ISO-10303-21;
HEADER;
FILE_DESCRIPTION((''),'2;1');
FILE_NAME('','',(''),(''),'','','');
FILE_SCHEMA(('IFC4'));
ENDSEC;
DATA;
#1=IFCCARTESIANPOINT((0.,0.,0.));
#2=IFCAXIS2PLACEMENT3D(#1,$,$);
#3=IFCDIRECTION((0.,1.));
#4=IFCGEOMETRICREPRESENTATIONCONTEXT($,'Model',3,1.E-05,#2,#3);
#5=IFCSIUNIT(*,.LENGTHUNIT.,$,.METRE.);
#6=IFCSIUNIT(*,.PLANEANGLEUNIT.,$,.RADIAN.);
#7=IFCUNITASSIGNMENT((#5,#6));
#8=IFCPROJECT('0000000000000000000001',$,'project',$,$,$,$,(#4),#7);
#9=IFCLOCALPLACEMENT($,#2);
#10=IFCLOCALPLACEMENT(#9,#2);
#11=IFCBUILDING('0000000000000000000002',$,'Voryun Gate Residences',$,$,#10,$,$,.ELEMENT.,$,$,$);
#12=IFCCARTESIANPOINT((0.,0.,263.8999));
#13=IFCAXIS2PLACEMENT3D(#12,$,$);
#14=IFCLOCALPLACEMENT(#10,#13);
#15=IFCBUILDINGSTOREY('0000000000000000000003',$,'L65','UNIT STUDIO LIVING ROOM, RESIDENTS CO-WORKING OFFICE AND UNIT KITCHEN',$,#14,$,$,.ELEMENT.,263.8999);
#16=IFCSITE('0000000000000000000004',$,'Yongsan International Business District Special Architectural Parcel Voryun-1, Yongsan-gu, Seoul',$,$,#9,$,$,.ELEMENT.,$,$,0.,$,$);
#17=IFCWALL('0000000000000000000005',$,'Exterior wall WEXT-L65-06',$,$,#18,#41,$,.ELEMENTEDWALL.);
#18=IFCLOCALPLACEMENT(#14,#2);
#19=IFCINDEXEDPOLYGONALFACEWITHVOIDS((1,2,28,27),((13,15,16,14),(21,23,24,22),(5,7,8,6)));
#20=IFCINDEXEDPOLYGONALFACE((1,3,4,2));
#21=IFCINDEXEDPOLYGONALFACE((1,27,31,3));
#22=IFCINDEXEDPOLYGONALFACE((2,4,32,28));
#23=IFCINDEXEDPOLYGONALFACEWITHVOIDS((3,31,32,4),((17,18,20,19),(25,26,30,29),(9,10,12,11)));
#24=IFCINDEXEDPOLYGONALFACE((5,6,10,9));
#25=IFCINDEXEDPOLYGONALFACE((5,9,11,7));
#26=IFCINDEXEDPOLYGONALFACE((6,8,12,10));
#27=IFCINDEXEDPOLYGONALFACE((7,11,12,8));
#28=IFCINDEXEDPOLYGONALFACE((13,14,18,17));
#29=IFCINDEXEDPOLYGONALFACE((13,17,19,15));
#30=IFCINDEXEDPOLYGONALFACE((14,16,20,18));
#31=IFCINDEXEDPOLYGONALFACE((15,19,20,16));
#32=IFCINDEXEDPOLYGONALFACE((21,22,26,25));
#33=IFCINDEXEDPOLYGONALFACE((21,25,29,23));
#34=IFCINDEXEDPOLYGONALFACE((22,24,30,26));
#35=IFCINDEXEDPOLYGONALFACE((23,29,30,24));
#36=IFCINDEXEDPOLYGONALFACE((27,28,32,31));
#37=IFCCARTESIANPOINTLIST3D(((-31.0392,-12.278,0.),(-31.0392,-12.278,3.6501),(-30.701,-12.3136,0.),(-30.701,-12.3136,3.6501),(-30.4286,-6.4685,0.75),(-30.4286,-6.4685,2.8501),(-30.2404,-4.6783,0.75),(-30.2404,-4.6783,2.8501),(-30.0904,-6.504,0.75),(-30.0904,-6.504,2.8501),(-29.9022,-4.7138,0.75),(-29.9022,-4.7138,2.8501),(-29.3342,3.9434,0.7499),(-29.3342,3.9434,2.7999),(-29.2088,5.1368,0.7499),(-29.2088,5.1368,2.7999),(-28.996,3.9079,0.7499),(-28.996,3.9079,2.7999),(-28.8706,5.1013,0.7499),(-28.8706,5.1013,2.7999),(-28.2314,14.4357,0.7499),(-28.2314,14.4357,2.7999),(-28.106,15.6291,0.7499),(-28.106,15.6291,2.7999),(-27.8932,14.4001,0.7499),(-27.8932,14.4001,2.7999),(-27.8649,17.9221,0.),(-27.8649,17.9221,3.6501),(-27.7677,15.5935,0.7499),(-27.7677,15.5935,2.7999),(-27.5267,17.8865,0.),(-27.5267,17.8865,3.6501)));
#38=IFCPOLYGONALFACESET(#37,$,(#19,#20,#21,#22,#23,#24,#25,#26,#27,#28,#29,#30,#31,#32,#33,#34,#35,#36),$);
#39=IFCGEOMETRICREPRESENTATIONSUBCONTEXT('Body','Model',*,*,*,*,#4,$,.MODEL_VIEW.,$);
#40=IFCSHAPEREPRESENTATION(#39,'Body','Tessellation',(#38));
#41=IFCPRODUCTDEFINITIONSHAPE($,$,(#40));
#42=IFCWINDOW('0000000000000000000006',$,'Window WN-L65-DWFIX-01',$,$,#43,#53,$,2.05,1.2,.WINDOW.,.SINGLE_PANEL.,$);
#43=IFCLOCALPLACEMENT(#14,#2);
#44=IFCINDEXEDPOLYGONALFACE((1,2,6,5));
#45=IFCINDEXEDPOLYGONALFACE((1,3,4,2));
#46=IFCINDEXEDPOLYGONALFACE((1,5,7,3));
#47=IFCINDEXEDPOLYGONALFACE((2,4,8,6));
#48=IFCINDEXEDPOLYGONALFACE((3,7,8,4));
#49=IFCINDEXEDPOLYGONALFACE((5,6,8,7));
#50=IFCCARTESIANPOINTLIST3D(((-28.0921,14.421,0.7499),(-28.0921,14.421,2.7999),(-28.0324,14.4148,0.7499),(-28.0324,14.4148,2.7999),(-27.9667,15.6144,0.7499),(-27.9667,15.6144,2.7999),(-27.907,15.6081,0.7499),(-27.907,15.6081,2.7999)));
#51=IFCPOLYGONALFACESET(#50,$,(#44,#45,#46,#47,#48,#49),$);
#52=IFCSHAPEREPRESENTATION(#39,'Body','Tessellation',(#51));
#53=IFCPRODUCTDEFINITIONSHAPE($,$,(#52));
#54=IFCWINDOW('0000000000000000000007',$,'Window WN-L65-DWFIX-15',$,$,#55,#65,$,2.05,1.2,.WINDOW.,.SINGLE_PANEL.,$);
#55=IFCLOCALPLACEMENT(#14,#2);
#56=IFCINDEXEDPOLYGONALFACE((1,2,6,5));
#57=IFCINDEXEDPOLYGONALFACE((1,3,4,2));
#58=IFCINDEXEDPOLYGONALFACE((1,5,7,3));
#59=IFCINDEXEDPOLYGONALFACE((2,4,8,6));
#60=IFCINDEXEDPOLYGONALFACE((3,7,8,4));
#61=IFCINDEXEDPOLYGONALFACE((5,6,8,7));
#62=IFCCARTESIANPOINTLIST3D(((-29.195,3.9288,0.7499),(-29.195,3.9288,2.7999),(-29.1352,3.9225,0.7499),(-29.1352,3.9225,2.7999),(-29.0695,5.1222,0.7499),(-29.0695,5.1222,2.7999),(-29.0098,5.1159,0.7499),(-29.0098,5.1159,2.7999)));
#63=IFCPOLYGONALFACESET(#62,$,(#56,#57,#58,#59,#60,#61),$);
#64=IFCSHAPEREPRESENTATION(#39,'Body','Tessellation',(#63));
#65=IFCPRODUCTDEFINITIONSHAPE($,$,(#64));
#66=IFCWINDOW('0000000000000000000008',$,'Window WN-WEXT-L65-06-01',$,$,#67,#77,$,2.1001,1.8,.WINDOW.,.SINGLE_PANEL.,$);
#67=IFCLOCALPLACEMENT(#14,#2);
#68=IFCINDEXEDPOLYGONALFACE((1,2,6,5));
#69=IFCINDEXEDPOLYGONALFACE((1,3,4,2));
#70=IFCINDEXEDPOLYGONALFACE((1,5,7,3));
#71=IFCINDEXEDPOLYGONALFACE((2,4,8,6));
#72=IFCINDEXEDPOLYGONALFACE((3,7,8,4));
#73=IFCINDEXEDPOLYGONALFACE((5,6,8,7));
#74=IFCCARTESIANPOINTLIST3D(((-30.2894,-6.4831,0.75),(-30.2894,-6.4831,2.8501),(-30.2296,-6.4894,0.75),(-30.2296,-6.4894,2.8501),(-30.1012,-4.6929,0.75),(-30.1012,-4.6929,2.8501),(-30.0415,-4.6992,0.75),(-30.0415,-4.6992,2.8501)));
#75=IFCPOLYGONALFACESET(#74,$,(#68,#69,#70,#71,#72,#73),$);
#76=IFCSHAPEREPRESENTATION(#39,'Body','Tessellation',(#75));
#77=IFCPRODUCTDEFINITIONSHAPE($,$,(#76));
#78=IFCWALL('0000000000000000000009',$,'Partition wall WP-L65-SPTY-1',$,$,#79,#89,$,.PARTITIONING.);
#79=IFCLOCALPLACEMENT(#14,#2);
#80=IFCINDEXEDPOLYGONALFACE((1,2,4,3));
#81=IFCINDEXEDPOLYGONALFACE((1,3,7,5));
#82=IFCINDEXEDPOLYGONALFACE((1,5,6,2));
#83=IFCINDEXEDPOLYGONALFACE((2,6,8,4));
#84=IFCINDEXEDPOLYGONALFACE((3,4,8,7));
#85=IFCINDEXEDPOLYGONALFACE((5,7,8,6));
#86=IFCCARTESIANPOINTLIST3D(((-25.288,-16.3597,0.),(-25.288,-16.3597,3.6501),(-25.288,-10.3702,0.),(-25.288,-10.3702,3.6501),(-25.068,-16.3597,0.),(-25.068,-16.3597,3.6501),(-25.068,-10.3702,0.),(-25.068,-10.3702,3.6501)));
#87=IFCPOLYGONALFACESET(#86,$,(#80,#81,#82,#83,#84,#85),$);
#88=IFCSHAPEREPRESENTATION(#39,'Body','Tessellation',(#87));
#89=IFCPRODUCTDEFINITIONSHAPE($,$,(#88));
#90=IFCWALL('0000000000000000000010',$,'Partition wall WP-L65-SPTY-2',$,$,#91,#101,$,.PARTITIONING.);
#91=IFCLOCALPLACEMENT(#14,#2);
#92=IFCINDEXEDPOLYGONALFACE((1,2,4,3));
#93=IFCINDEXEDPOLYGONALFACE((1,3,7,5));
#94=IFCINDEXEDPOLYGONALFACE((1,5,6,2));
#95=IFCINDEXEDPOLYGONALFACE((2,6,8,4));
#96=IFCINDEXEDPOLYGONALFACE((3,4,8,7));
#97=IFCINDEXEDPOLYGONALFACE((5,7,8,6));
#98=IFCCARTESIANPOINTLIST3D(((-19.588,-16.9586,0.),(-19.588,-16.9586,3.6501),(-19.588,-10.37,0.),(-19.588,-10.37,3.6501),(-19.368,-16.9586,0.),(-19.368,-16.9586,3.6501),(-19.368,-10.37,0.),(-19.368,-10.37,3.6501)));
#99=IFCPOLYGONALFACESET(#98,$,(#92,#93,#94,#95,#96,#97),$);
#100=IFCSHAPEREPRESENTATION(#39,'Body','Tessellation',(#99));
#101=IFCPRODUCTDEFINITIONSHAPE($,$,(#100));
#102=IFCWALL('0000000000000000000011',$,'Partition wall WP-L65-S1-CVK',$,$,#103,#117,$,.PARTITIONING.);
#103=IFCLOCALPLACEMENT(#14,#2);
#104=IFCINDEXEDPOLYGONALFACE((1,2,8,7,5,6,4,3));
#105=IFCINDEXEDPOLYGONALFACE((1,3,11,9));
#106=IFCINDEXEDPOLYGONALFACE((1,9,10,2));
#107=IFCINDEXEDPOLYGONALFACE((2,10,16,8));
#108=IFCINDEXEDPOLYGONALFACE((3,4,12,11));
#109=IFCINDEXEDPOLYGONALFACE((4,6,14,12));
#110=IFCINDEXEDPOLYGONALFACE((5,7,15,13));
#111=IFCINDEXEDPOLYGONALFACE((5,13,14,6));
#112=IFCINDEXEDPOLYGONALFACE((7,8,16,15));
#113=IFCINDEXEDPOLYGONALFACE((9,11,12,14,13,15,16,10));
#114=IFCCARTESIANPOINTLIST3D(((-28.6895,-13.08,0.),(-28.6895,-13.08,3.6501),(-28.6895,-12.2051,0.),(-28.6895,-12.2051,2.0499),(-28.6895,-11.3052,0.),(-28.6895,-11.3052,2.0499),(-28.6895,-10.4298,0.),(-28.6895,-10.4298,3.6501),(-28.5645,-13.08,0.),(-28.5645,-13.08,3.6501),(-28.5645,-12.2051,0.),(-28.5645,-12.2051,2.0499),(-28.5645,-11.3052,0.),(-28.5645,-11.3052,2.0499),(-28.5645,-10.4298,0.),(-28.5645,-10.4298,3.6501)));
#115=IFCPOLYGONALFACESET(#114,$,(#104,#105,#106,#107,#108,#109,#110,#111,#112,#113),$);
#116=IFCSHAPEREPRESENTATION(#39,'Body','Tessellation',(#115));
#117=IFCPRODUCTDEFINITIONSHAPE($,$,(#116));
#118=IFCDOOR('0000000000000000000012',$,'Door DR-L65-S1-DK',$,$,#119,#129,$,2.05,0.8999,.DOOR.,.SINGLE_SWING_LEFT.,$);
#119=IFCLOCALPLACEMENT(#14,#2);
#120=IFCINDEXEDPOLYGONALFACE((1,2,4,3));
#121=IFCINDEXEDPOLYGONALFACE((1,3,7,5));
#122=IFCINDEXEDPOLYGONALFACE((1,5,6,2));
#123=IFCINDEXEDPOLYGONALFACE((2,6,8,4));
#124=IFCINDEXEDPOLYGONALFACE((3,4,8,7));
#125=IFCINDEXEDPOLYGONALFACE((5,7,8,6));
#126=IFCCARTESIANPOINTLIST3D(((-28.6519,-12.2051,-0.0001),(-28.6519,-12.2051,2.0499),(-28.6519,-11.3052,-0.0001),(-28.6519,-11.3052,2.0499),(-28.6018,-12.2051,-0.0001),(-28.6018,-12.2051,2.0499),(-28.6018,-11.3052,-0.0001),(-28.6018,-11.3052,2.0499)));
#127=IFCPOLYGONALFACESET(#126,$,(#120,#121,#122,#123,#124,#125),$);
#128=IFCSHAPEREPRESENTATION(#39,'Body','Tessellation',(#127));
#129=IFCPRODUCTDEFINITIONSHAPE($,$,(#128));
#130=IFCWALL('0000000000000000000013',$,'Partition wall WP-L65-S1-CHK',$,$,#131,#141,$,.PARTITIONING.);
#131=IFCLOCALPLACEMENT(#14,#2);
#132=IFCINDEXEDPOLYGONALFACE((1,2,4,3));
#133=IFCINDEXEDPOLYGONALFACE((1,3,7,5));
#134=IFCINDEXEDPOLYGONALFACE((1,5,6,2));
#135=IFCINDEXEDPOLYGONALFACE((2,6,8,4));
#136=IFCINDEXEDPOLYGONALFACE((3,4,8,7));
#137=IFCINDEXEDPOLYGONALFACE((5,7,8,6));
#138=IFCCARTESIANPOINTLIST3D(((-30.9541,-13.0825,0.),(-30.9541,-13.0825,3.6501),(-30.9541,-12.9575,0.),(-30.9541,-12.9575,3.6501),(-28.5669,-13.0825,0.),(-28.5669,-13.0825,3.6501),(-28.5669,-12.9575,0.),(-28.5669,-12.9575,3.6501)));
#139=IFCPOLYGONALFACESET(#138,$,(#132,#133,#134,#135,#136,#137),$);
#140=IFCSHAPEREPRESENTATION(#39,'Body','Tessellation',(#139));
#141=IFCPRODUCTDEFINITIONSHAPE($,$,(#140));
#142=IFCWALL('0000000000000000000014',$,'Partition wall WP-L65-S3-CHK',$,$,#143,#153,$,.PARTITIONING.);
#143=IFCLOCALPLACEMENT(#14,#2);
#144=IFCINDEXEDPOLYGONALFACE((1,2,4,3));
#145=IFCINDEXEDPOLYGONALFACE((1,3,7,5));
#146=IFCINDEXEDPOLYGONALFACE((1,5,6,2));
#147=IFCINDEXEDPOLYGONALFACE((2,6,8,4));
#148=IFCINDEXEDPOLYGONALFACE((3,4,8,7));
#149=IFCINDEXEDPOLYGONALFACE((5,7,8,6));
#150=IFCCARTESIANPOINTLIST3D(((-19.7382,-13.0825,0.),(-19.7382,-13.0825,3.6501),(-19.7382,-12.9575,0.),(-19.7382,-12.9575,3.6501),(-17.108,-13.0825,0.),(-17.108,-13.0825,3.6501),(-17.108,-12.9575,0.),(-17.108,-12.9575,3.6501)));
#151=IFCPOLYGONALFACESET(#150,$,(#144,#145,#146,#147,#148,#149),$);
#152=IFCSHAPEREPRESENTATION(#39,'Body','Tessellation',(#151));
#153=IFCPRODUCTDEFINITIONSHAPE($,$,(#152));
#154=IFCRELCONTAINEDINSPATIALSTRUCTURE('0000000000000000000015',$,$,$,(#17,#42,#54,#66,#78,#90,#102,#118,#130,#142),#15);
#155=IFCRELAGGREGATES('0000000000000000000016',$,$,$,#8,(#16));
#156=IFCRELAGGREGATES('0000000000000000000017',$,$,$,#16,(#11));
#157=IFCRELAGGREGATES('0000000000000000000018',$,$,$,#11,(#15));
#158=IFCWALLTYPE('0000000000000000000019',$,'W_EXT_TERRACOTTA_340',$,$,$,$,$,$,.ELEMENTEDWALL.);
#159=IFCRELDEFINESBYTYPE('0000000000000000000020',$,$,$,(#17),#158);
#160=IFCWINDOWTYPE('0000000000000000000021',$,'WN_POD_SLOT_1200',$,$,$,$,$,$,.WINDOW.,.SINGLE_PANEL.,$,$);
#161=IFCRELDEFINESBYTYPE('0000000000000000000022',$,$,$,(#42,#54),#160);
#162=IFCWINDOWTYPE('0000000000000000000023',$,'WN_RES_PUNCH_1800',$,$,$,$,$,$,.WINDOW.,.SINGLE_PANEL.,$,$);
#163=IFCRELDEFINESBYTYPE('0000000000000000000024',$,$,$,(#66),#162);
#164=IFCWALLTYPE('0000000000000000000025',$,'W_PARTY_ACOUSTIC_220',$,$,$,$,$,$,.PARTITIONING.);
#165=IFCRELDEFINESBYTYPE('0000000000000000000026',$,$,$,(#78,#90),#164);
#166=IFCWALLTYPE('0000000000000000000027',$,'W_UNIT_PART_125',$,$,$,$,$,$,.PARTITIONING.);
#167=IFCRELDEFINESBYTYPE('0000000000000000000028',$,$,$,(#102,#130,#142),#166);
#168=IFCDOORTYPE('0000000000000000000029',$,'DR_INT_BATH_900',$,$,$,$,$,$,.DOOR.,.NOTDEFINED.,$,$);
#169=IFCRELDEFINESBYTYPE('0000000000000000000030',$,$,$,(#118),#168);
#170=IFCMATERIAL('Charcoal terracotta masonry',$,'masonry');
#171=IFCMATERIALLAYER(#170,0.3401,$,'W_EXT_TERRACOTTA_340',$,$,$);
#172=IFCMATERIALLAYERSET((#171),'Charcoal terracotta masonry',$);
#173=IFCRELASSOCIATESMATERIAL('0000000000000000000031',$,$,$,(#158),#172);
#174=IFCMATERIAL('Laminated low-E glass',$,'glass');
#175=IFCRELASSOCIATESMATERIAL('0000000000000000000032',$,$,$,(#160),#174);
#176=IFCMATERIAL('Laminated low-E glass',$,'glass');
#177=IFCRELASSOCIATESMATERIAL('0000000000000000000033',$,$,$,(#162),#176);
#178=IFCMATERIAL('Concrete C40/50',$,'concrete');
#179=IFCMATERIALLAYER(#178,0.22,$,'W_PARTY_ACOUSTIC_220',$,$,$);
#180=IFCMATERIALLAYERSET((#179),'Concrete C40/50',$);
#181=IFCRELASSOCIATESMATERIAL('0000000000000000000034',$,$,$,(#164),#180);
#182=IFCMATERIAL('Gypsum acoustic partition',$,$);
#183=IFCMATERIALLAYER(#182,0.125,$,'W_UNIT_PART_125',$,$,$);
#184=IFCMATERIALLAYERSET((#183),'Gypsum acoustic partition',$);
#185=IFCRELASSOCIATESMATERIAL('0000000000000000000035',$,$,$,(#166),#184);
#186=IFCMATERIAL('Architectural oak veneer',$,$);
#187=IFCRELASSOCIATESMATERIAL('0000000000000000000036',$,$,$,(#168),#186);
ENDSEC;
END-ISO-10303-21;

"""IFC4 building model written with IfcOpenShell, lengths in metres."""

from ifc_helpers import new_model, si_unit, direction, frame, frame_2d, origin, place, context, subcontext, project, spatial, rectangle, extrude, material, layer, layer_set, type_object, element, fill, save


model = new_model("IFC4")

# Units and contexts
model_context = context("Model", 3, precision=1e-05, world=origin(), true_north=direction((0.0, 1.0)))
body_context = subcontext(model_context, "Body", "Model", "MODEL_VIEW")
ifc_project = project(units=[si_unit("LENGTHUNIT", "METRE"), si_unit("PLANEANGLEUNIT", "RADIAN")], contexts=[model_context])

# Site, building, storey
site_placement = place(None, origin())
site = spatial("IfcSite", under=ifc_project, at=site_placement, Name="Yongsan International Business District Special Architectural Parcel Voryun-1, Yongsan-gu, Seoul", CompositionType="ELEMENT", RefElevation=0.0)
building_placement = place(site_placement, origin())
building = spatial("IfcBuilding", under=site, at=building_placement, Name="Voryun Gate Residences", CompositionType="ELEMENT")
storey_placement = place(building_placement, frame((0.0, 0.0, 263.8999)))
storey = spatial("IfcBuildingStorey", under=building, at=storey_placement, Name="L65", Description="UNIT STUDIO LIVING ROOM, RESIDENTS CO-WORKING OFFICE AND UNIT KITCHEN", CompositionType="ELEMENT", Elevation=263.8999)

# Shared definitions
ifc_material_1 = material(Name="Charcoal terracotta masonry", Category="masonry")
ifc_layer_1 = layer(ifc_material_1, 0.3401, Name="W_EXT_TERRACOTTA_340")
ifc_layer_set_1 = layer_set([ifc_layer_1], Name="Charcoal terracotta masonry")
wall_type_1 = type_object("IfcWallType", Name="W_EXT_TERRACOTTA_340", PredefinedType="ELEMENTEDWALL", material=ifc_layer_set_1)

# Wall, openings, windows
wall_1_placement = place(storey_placement, frame((-30.8701, -12.2957, 0.0), z_axis=(0.0, 0.0, 1.0), x_axis=(0.104533, 0.994521, 0.0)))
wall_1 = element("IfcWall", 1, at=wall_1_placement, inside=storey, type_object=wall_type_1, Name="Exterior wall WEXT-L65-06", PredefinedType="ELEMENTEDWALL", context=body_context, shape_type="SweptSolid", body=[
    extrude(rectangle(XDim=30.3665, YDim=0.3401, at=frame_2d((15.1831, 0.0))), origin(), (0.0, 0.0, 1.0), 3.6501),
])
opening_1_placement = place(wall_1_placement, frame((5.8416, 0.0, 0.75)))
opening_1 = element("IfcOpeningElement", 2, at=opening_1_placement, cuts=wall_1, PredefinedType="OPENING", context=body_context, shape_type="SweptSolid", body=[
    extrude(rectangle(XDim=1.8, YDim=2.1001, at=frame_2d((0.8999, 1.05))), frame((0.0, 0.1799, 0.0), z_axis=(0.0, -1.0, 0.0), x_axis=(1.0, 0.0, 0.0)), (0.0, 0.0, 1.0), 0.3601),
])
opening_2_placement = place(wall_1_placement, frame((26.8606, 0.0, 0.75)))
opening_2 = element("IfcOpeningElement", 3, at=opening_2_placement, cuts=wall_1, PredefinedType="OPENING", context=body_context, shape_type="SweptSolid", body=[
    extrude(rectangle(XDim=1.2, YDim=2.05, at=frame_2d((0.6001, 1.0249))), frame((0.0, 0.1799, 0.0), z_axis=(0.0, -1.0, 0.0), x_axis=(1.0, 0.0, 0.0)), (0.0, 0.0, 1.0), 0.3601),
])
opening_3_placement = place(wall_1_placement, frame((16.3105, 0.0, 0.75)))
opening_3 = element("IfcOpeningElement", 4, at=opening_3_placement, cuts=wall_1, PredefinedType="OPENING", context=body_context, shape_type="SweptSolid", body=[
    extrude(rectangle(XDim=1.2, YDim=2.05, at=frame_2d((0.6001, 1.0249))), frame((0.0, 0.1799, 0.0), z_axis=(0.0, -1.0, 0.0), x_axis=(1.0, 0.0, 0.0)), (0.0, 0.0, 1.0), 0.3601),
])
ifc_material_2 = material(Name="Laminated low-E glass", Category="glass")
window_type_1 = type_object("IfcWindowType", Name="WN_POD_SLOT_1200", PartitioningType="SINGLE_PANEL", PredefinedType="WINDOW", material=ifc_material_2)
window_1_placement = place(opening_2_placement, origin())
window_1 = element("IfcWindow", 5, at=window_1_placement, inside=storey, type_object=window_type_1, Name="Window WN-L65-DWFIX-01", OverallHeight=2.05, OverallWidth=1.2, PartitioningType="SINGLE_PANEL", PredefinedType="WINDOW", context=body_context, shape_type="SweptSolid", body=[
    extrude(rectangle(XDim=1.2, YDim=2.05, at=frame_2d((0.6001, 1.0249))), frame((0.0, 0.03, 0.0), z_axis=(0.0, -1.0, 0.0), x_axis=(1.0, 0.0, 0.0)), (0.0, 0.0, 1.0), 0.0601),
])
fill(opening_2, window_1)
window_2_placement = place(opening_3_placement, origin())
window_2 = element("IfcWindow", 6, at=window_2_placement, inside=storey, type_object=window_type_1, Name="Window WN-L65-DWFIX-15", OverallHeight=2.05, OverallWidth=1.2, PartitioningType="SINGLE_PANEL", PredefinedType="WINDOW", context=body_context, shape_type="SweptSolid", body=[
    extrude(rectangle(XDim=1.2, YDim=2.05, at=frame_2d((0.6001, 1.0249))), frame((0.0, 0.03, 0.0), z_axis=(0.0, -1.0, 0.0), x_axis=(1.0, 0.0, 0.0)), (0.0, 0.0, 1.0), 0.0601),
])
fill(opening_3, window_2)
ifc_material_3 = material(Name="Laminated low-E glass", Category="glass")
window_type_2 = type_object("IfcWindowType", Name="WN_RES_PUNCH_1800", PartitioningType="SINGLE_PANEL", PredefinedType="WINDOW", material=ifc_material_3)
window_3_placement = place(opening_1_placement, origin())
window_3 = element("IfcWindow", 7, at=window_3_placement, inside=storey, type_object=window_type_2, Name="Window WN-WEXT-L65-06-01", OverallHeight=2.1001, OverallWidth=1.8, PartitioningType="SINGLE_PANEL", PredefinedType="WINDOW", context=body_context, shape_type="SweptSolid", body=[
    extrude(rectangle(XDim=1.8, YDim=2.1001, at=frame_2d((0.8999, 1.05))), frame((0.0, 0.03, 0.0), z_axis=(0.0, -1.0, 0.0), x_axis=(1.0, 0.0, 0.0)), (0.0, 0.0, 1.0), 0.0601),
])
fill(opening_1, window_3)

# Walls
ifc_material_4 = material(Name="Concrete C40/50", Category="concrete")
ifc_layer_2 = layer(ifc_material_4, 0.22, Name="W_PARTY_ACOUSTIC_220")
ifc_layer_set_2 = layer_set([ifc_layer_2], Name="Concrete C40/50")
wall_type_2 = type_object("IfcWallType", Name="W_PARTY_ACOUSTIC_220", PredefinedType="PARTITIONING", material=ifc_layer_set_2)
wall_2_placement = place(storey_placement, frame((-25.178, -16.3596, 0.0), z_axis=(0.0, 0.0, 1.0), x_axis=(0.0, 1.0, 0.0)))
element("IfcWall", 8, at=wall_2_placement, inside=storey, type_object=wall_type_2, Name="Partition wall WP-L65-SPTY-1", PredefinedType="PARTITIONING", context=body_context, shape_type="SweptSolid", body=[
    extrude(rectangle(XDim=5.9895, YDim=0.22, at=frame_2d((2.9946, 0.0))), origin(), (0.0, 0.0, 1.0), 3.6501),
])
wall_3_placement = place(storey_placement, frame((-19.478, -16.9587, 0.0), z_axis=(0.0, 0.0, 1.0), x_axis=(0.0, 1.0, 0.0)))
element("IfcWall", 9, at=wall_3_placement, inside=storey, type_object=wall_type_2, Name="Partition wall WP-L65-SPTY-2", PredefinedType="PARTITIONING", context=body_context, shape_type="SweptSolid", body=[
    extrude(rectangle(XDim=6.5886, YDim=0.22, at=frame_2d((3.2944, 0.0))), origin(), (0.0, 0.0, 1.0), 3.6501),
])

# Wall, opening, door
ifc_material_5 = material(Name="Gypsum acoustic partition")
ifc_layer_3 = layer(ifc_material_5, 0.125, Name="W_UNIT_PART_125")
ifc_layer_set_3 = layer_set([ifc_layer_3], Name="Gypsum acoustic partition")
wall_type_3 = type_object("IfcWallType", Name="W_UNIT_PART_125", PredefinedType="PARTITIONING", material=ifc_layer_set_3)
wall_4_placement = place(storey_placement, frame((-28.627, -13.0801, 0.0), z_axis=(0.0, 0.0, 1.0), x_axis=(0.0, 1.0, 0.0)))
wall_4 = element("IfcWall", 10, at=wall_4_placement, inside=storey, type_object=wall_type_3, Name="Partition wall WP-L65-S1-CVK", PredefinedType="PARTITIONING", context=body_context, shape_type="SweptSolid", body=[
    extrude(rectangle(XDim=2.6501, YDim=0.125, at=frame_2d((1.3252, 0.0))), origin(), (0.0, 0.0, 1.0), 3.6501),
])
opening_4_placement = place(wall_4_placement, frame((0.875, 0.0, 0.0)))
opening_4 = element("IfcOpeningElement", 11, at=opening_4_placement, cuts=wall_4, PredefinedType="OPENING", context=body_context, shape_type="SweptSolid", body=[
    extrude(rectangle(XDim=0.8999, YDim=2.05, at=frame_2d((0.45, 1.0249))), frame((0.0, 0.0725, 0.0), z_axis=(0.0, -1.0, 0.0), x_axis=(1.0, 0.0, 0.0)), (0.0, 0.0, 1.0), 0.145),
])
ifc_material_6 = material(Name="Architectural oak veneer")
door_type = type_object("IfcDoorType", Name="DR_INT_BATH_900", OperationType="NOTDEFINED", PredefinedType="DOOR", material=ifc_material_6)
door_1_placement = place(opening_4_placement, origin())
door_1 = element("IfcDoor", 12, at=door_1_placement, inside=storey, type_object=door_type, Name="Door DR-L65-S1-DK", OperationType="SINGLE_SWING_LEFT", OverallHeight=2.05, OverallWidth=0.8999, PredefinedType="DOOR", context=body_context, shape_type="SweptSolid", body=[
    extrude(rectangle(XDim=0.8999, YDim=2.05, at=frame_2d((0.45, 1.0249))), frame((0.0, 0.0249, 0.0), z_axis=(0.0, -1.0, 0.0), x_axis=(1.0, 0.0, 0.0)), (0.0, 0.0, 1.0), 0.05),
])
fill(opening_4, door_1)

# Walls
wall_5_placement = place(storey_placement, frame((-30.9541, -13.02, 0.0), z_axis=(0.0, 0.0, 1.0), x_axis=(1.0, 0.0, 0.0)))
element("IfcWall", 13, at=wall_5_placement, inside=storey, type_object=wall_type_3, Name="Partition wall WP-L65-S1-CHK", PredefinedType="PARTITIONING", context=body_context, shape_type="SweptSolid", body=[
    extrude(rectangle(XDim=2.3872, YDim=0.125, at=frame_2d((1.1936, 0.0))), origin(), (0.0, 0.0, 1.0), 3.6501),
])
wall_6_placement = place(storey_placement, frame((-19.738, -13.02, 0.0), z_axis=(0.0, 0.0, 1.0), x_axis=(1.0, 0.0, 0.0)))
element("IfcWall", 14, at=wall_6_placement, inside=storey, type_object=wall_type_3, Name="Partition wall WP-L65-S3-CHK", PredefinedType="PARTITIONING", context=body_context, shape_type="SweptSolid", body=[
    extrude(rectangle(XDim=2.6301, YDim=0.125, at=frame_2d((1.3149, 0.0))), origin(), (0.0, 0.0, 1.0), 3.6501),
])

save(model, "model.ifc")
